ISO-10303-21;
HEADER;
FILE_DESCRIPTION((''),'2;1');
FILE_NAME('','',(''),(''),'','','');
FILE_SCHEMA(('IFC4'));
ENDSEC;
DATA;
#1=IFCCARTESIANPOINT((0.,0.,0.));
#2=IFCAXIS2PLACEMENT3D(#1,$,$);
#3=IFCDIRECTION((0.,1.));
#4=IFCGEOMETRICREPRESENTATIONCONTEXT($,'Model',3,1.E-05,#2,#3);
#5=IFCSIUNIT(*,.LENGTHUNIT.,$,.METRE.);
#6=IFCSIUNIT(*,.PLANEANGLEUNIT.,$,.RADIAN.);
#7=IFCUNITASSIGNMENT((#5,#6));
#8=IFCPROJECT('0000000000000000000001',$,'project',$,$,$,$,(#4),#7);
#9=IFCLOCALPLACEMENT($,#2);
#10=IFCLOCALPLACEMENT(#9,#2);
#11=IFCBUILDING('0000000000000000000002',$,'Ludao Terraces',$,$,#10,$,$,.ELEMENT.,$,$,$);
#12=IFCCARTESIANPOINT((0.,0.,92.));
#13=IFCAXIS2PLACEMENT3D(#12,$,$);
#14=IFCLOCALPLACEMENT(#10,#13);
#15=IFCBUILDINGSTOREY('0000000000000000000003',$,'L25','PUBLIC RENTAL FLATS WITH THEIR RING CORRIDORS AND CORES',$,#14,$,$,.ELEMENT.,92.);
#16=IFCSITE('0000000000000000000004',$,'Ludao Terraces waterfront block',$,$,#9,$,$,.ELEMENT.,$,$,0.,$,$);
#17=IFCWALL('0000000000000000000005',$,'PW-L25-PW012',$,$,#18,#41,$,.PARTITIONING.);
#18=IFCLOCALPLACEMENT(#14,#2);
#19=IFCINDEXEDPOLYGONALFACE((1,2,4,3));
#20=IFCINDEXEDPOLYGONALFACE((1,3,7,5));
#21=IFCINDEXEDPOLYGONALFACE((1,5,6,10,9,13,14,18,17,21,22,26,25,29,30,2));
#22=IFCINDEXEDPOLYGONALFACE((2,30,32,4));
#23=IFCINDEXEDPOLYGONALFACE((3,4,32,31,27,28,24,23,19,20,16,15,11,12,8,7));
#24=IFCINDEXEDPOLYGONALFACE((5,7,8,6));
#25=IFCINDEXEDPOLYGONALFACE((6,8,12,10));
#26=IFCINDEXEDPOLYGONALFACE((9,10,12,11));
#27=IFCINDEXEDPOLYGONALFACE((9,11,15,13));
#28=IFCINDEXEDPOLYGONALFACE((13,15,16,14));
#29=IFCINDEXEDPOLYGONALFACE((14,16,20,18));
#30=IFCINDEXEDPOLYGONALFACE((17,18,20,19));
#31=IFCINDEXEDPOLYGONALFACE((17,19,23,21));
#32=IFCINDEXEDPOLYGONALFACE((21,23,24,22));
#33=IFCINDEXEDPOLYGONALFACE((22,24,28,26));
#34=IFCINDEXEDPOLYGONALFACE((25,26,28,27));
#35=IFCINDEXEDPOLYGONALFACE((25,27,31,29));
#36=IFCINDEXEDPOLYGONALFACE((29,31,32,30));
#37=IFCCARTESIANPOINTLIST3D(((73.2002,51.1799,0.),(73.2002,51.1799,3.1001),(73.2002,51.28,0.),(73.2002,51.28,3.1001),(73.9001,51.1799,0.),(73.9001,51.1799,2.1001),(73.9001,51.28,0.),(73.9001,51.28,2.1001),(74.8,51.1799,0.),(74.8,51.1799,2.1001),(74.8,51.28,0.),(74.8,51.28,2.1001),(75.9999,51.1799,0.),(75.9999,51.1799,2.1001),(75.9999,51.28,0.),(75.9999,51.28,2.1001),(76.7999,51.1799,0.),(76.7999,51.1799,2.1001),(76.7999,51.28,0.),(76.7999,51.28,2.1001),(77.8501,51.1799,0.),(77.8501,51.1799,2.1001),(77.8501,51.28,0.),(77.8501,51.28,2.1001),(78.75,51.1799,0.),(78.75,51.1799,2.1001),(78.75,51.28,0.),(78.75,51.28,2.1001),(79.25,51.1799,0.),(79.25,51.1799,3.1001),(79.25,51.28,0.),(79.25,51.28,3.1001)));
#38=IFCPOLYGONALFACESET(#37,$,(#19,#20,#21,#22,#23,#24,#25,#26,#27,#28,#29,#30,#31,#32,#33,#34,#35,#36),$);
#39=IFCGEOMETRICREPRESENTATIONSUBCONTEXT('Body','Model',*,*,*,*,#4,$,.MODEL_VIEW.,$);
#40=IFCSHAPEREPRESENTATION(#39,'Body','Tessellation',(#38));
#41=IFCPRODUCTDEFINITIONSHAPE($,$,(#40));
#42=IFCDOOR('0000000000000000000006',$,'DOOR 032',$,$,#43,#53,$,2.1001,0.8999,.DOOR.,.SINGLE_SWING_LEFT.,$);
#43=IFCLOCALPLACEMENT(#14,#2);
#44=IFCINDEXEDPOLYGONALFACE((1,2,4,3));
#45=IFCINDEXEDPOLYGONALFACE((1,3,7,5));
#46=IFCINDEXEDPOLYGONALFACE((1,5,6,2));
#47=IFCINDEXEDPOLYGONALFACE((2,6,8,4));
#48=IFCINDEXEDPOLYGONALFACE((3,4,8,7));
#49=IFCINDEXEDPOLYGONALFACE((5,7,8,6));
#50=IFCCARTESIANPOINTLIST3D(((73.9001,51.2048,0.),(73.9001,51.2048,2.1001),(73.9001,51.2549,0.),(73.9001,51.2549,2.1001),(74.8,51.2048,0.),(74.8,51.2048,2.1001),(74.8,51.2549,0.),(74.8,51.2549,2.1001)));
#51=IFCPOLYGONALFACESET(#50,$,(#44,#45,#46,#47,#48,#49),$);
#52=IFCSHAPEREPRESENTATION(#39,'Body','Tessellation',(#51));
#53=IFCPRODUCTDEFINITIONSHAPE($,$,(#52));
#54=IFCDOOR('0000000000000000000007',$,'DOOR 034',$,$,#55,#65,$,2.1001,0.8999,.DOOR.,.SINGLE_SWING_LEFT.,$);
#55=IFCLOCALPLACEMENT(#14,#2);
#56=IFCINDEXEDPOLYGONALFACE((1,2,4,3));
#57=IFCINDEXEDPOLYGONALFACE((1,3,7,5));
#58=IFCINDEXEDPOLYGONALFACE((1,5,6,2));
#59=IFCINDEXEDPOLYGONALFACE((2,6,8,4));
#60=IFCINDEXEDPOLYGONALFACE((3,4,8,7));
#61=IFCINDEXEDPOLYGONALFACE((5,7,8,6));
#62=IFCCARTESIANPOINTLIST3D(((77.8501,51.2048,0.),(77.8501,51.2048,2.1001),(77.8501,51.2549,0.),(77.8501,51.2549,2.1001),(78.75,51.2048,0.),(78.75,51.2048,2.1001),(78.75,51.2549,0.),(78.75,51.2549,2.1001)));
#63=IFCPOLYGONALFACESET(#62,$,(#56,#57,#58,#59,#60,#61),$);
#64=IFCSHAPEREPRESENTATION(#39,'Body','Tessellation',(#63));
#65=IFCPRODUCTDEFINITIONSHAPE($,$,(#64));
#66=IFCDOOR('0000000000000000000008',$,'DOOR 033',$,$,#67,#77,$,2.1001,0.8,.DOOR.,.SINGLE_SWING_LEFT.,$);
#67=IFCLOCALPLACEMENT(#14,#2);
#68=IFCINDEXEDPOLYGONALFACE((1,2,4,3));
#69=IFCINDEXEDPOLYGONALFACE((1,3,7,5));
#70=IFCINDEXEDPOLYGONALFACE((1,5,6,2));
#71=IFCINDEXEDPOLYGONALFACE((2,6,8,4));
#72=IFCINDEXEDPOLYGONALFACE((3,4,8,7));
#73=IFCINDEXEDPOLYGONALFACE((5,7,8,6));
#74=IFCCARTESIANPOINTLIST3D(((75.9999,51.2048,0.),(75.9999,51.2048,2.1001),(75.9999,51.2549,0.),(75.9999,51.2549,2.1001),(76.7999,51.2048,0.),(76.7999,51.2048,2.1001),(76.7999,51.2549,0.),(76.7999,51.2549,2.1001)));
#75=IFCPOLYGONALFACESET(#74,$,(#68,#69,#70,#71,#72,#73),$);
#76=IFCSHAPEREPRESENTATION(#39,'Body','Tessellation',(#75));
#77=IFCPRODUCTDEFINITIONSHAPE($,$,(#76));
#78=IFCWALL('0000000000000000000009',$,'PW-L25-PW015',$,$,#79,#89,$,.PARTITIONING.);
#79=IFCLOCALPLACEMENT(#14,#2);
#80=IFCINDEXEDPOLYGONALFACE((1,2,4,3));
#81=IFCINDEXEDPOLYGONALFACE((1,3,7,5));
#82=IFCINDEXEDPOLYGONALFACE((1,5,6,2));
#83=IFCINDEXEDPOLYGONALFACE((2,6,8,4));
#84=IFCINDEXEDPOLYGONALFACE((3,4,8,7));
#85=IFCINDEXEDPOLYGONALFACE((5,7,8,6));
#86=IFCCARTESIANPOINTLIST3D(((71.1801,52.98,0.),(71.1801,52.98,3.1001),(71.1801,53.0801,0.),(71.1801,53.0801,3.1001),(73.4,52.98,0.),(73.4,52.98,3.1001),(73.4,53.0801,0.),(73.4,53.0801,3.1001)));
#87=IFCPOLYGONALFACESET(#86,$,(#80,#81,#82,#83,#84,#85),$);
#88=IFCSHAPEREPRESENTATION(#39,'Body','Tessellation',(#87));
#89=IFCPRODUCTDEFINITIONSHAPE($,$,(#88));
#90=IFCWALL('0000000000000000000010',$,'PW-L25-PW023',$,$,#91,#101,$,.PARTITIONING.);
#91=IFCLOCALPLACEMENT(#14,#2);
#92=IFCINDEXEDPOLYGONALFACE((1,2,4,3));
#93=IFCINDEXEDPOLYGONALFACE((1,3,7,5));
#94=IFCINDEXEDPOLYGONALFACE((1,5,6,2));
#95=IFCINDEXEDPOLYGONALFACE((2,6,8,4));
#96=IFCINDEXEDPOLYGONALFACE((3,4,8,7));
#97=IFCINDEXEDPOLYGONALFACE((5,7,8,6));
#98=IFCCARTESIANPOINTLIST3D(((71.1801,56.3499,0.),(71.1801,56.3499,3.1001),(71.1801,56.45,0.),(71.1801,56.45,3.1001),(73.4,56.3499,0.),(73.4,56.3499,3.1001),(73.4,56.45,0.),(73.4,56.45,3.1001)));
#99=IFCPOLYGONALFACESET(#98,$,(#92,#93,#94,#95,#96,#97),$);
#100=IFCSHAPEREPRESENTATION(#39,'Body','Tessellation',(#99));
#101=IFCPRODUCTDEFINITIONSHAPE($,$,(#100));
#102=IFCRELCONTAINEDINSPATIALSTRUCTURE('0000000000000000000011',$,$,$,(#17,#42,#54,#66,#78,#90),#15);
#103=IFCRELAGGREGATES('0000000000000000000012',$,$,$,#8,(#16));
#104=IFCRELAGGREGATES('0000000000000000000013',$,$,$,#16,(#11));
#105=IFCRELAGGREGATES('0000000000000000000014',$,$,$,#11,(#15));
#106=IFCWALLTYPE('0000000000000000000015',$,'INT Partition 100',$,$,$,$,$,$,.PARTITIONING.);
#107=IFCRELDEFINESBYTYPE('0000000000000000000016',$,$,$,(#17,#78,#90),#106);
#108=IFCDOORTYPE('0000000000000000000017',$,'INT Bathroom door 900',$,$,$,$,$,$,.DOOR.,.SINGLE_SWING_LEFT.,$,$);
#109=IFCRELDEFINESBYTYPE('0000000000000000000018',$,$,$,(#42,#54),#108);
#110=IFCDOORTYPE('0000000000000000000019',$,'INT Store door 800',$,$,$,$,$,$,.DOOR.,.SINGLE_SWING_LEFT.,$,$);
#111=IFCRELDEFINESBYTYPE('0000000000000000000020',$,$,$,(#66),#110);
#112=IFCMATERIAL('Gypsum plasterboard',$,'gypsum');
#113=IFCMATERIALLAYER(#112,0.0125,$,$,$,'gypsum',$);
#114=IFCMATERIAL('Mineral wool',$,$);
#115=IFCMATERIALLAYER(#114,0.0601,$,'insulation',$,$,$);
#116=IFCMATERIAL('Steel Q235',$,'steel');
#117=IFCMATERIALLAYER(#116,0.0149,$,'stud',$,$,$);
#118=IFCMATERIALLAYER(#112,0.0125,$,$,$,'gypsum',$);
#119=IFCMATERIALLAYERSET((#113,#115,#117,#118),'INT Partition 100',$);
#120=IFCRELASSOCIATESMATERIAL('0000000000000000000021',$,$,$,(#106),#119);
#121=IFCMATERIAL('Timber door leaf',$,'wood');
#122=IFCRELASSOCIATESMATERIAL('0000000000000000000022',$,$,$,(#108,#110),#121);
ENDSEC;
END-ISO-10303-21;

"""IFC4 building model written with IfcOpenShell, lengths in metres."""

from ifc_helpers import new_model, si_unit, direction, frame, frame_2d, origin, place, context, subcontext, project, spatial, rectangle, extrude, material, layer, layer_set, type_object, element, fill, save


model = new_model("IFC4")

# Units and contexts
model_context = context("Model", 3, precision=1e-05, world=origin(), true_north=direction((0.0, 1.0)))
body_context = subcontext(model_context, "Body", "Model", "MODEL_VIEW")
ifc_project = project(units=[si_unit("LENGTHUNIT", "METRE"), si_unit("PLANEANGLEUNIT", "RADIAN")], contexts=[model_context])

# Site, building, storey
site_placement = place(None, origin())
site = spatial("IfcSite", under=ifc_project, at=site_placement, Name="Ludao Terraces waterfront block", CompositionType="ELEMENT", RefElevation=0.0)
building_placement = place(site_placement, origin())
building = spatial("IfcBuilding", under=site, at=building_placement, Name="Ludao Terraces", CompositionType="ELEMENT")
storey_placement = place(building_placement, frame((0.0, 0.0, 92.0)))
storey = spatial("IfcBuildingStorey", under=building, at=storey_placement, Name="L25", Description="PUBLIC RENTAL FLATS WITH THEIR RING CORRIDORS AND CORES", CompositionType="ELEMENT", Elevation=92.0)

# Shared definitions
ifc_material_1 = material(Name="Steel Q235", Category="steel")

# Shared definitions
ifc_material_2 = material(Name="Gypsum plasterboard", Category="gypsum")
ifc_layer_1 = layer(ifc_material_2, 0.0125, Category="gypsum")
ifc_material_3 = material(Name="Mineral wool")
ifc_layer_2 = layer(ifc_material_3, 0.0601, Name="insulation")
ifc_layer_3 = layer(ifc_material_1, 0.0149, Name="stud")
ifc_layer_4 = layer(ifc_material_2, 0.0125, Category="gypsum")
ifc_layer_set_1 = layer_set([ifc_layer_1, ifc_layer_2, ifc_layer_3, ifc_layer_4], Name="INT Partition 100")
wall_type_1 = type_object("IfcWallType", Name="INT Partition 100", PredefinedType="PARTITIONING", material=ifc_layer_set_1)

# Wall, openings, doors
wall_1_placement = place(storey_placement, frame((73.2002, 51.23, 0.0), z_axis=(0.0, 0.0, 1.0), x_axis=(1.0, 0.0, 0.0)))
wall_1 = element("IfcWall", 1, at=wall_1_placement, inside=storey, type_object=wall_type_1, Name="PW-L25-PW012", PredefinedType="PARTITIONING", context=body_context, shape_type="SweptSolid", body=[
    extrude(rectangle(XDim=6.0498, YDim=0.1001, at=frame_2d((3.0249, 0.0))), origin(), (0.0, 0.0, 1.0), 3.1001),
])
opening_1_placement = place(wall_1_placement, frame((0.7, 0.0, 0.0)))
opening_1 = element("IfcOpeningElement", 2, at=opening_1_placement, cuts=wall_1, PredefinedType="OPENING", context=body_context, shape_type="SweptSolid", body=[
    extrude(rectangle(XDim=0.8999, YDim=2.1001, at=frame_2d((0.45, 1.05))), frame((0.0, 0.0601, 0.0), z_axis=(0.0, -1.0, 0.0), x_axis=(1.0, 0.0, 0.0)), (0.0, 0.0, 1.0), 0.1201),
])
opening_2_placement = place(wall_1_placement, frame((2.7998, 0.0, 0.0)))
opening_2 = element("IfcOpeningElement", 3, at=opening_2_placement, cuts=wall_1, PredefinedType="OPENING", context=body_context, shape_type="SweptSolid", body=[
    extrude(rectangle(XDim=0.8, YDim=2.1001, at=frame_2d((0.3999, 1.05))), frame((0.0, 0.0601, 0.0), z_axis=(0.0, -1.0, 0.0), x_axis=(1.0, 0.0, 0.0)), (0.0, 0.0, 1.0), 0.1201),
])
opening_3_placement = place(wall_1_placement, frame((4.6499, 0.0, 0.0)))
opening_3 = element("IfcOpeningElement", 4, at=opening_3_placement, cuts=wall_1, PredefinedType="OPENING", context=body_context, shape_type="SweptSolid", body=[
    extrude(rectangle(XDim=0.8999, YDim=2.1001, at=frame_2d((0.45, 1.05))), frame((0.0, 0.0601, 0.0), z_axis=(0.0, -1.0, 0.0), x_axis=(1.0, 0.0, 0.0)), (0.0, 0.0, 1.0), 0.1201),
])
ifc_material_4 = material(Name="Timber door leaf", Category="wood")
door_type_1 = type_object("IfcDoorType", Name="INT Bathroom door 900", OperationType="SINGLE_SWING_LEFT", PredefinedType="DOOR", material=ifc_material_4)
door_1_placement = place(opening_1_placement, origin())
door_1 = element("IfcDoor", 5, at=door_1_placement, inside=storey, type_object=door_type_1, Name="DOOR 032", OperationType="SINGLE_SWING_LEFT", OverallHeight=2.1001, OverallWidth=0.8999, PredefinedType="DOOR", context=body_context, shape_type="SweptSolid", body=[
    extrude(rectangle(XDim=0.8999, YDim=2.1001, at=frame_2d((0.45, 1.05))), frame((0.0, 0.0249, 0.0), z_axis=(0.0, -1.0, 0.0), x_axis=(1.0, 0.0, 0.0)), (0.0, 0.0, 1.0), 0.05),
])
fill(opening_1, door_1)
door_2_placement = place(opening_3_placement, origin())
door_2 = element("IfcDoor", 6, at=door_2_placement, inside=storey, type_object=door_type_1, Name="DOOR 034", OperationType="SINGLE_SWING_LEFT", OverallHeight=2.1001, OverallWidth=0.8999, PredefinedType="DOOR", context=body_context, shape_type="SweptSolid", body=[
    extrude(rectangle(XDim=0.8999, YDim=2.1001, at=frame_2d((0.45, 1.05))), frame((0.0, 0.0249, 0.0), z_axis=(0.0, -1.0, 0.0), x_axis=(1.0, 0.0, 0.0)), (0.0, 0.0, 1.0), 0.05),
])
fill(opening_3, door_2)
door_type_2 = type_object("IfcDoorType", Name="INT Store door 800", OperationType="SINGLE_SWING_LEFT", PredefinedType="DOOR", material=ifc_material_4)
door_3_placement = place(opening_2_placement, origin())
door_3 = element("IfcDoor", 7, at=door_3_placement, inside=storey, type_object=door_type_2, Name="DOOR 033", OperationType="SINGLE_SWING_LEFT", OverallHeight=2.1001, OverallWidth=0.8, PredefinedType="DOOR", context=body_context, shape_type="SweptSolid", body=[
    extrude(rectangle(XDim=0.8, YDim=2.1001, at=frame_2d((0.3999, 1.05))), frame((0.0, 0.0249, 0.0), z_axis=(0.0, -1.0, 0.0), x_axis=(1.0, 0.0, 0.0)), (0.0, 0.0, 1.0), 0.05),
])
fill(opening_2, door_3)

# Walls
for number, where, z_axis, x_axis, name in (
    (8, (71.1802, 53.03, 0.0), (0.0, 0.0, 1.0), (1.0, 0.0, 0.0), "PW-L25-PW015"),
    (9, (71.1802, 56.3999, 0.0), (0.0, 0.0, 1.0), (1.0, 0.0, 0.0), "PW-L25-PW023"),
):
    element("IfcWall", number, at=place(storey_placement, frame(where, z_axis=z_axis, x_axis=x_axis)), inside=storey, type_object=wall_type_1, Name=name, PredefinedType="PARTITIONING", context=body_context, shape_type="SweptSolid", body=[
        extrude(rectangle(XDim=2.22, YDim=0.1001, at=frame_2d((1.1099, 0.0))), origin(), (0.0, 0.0, 1.0), 3.1001),
    ])

save(model, "model.ifc")
